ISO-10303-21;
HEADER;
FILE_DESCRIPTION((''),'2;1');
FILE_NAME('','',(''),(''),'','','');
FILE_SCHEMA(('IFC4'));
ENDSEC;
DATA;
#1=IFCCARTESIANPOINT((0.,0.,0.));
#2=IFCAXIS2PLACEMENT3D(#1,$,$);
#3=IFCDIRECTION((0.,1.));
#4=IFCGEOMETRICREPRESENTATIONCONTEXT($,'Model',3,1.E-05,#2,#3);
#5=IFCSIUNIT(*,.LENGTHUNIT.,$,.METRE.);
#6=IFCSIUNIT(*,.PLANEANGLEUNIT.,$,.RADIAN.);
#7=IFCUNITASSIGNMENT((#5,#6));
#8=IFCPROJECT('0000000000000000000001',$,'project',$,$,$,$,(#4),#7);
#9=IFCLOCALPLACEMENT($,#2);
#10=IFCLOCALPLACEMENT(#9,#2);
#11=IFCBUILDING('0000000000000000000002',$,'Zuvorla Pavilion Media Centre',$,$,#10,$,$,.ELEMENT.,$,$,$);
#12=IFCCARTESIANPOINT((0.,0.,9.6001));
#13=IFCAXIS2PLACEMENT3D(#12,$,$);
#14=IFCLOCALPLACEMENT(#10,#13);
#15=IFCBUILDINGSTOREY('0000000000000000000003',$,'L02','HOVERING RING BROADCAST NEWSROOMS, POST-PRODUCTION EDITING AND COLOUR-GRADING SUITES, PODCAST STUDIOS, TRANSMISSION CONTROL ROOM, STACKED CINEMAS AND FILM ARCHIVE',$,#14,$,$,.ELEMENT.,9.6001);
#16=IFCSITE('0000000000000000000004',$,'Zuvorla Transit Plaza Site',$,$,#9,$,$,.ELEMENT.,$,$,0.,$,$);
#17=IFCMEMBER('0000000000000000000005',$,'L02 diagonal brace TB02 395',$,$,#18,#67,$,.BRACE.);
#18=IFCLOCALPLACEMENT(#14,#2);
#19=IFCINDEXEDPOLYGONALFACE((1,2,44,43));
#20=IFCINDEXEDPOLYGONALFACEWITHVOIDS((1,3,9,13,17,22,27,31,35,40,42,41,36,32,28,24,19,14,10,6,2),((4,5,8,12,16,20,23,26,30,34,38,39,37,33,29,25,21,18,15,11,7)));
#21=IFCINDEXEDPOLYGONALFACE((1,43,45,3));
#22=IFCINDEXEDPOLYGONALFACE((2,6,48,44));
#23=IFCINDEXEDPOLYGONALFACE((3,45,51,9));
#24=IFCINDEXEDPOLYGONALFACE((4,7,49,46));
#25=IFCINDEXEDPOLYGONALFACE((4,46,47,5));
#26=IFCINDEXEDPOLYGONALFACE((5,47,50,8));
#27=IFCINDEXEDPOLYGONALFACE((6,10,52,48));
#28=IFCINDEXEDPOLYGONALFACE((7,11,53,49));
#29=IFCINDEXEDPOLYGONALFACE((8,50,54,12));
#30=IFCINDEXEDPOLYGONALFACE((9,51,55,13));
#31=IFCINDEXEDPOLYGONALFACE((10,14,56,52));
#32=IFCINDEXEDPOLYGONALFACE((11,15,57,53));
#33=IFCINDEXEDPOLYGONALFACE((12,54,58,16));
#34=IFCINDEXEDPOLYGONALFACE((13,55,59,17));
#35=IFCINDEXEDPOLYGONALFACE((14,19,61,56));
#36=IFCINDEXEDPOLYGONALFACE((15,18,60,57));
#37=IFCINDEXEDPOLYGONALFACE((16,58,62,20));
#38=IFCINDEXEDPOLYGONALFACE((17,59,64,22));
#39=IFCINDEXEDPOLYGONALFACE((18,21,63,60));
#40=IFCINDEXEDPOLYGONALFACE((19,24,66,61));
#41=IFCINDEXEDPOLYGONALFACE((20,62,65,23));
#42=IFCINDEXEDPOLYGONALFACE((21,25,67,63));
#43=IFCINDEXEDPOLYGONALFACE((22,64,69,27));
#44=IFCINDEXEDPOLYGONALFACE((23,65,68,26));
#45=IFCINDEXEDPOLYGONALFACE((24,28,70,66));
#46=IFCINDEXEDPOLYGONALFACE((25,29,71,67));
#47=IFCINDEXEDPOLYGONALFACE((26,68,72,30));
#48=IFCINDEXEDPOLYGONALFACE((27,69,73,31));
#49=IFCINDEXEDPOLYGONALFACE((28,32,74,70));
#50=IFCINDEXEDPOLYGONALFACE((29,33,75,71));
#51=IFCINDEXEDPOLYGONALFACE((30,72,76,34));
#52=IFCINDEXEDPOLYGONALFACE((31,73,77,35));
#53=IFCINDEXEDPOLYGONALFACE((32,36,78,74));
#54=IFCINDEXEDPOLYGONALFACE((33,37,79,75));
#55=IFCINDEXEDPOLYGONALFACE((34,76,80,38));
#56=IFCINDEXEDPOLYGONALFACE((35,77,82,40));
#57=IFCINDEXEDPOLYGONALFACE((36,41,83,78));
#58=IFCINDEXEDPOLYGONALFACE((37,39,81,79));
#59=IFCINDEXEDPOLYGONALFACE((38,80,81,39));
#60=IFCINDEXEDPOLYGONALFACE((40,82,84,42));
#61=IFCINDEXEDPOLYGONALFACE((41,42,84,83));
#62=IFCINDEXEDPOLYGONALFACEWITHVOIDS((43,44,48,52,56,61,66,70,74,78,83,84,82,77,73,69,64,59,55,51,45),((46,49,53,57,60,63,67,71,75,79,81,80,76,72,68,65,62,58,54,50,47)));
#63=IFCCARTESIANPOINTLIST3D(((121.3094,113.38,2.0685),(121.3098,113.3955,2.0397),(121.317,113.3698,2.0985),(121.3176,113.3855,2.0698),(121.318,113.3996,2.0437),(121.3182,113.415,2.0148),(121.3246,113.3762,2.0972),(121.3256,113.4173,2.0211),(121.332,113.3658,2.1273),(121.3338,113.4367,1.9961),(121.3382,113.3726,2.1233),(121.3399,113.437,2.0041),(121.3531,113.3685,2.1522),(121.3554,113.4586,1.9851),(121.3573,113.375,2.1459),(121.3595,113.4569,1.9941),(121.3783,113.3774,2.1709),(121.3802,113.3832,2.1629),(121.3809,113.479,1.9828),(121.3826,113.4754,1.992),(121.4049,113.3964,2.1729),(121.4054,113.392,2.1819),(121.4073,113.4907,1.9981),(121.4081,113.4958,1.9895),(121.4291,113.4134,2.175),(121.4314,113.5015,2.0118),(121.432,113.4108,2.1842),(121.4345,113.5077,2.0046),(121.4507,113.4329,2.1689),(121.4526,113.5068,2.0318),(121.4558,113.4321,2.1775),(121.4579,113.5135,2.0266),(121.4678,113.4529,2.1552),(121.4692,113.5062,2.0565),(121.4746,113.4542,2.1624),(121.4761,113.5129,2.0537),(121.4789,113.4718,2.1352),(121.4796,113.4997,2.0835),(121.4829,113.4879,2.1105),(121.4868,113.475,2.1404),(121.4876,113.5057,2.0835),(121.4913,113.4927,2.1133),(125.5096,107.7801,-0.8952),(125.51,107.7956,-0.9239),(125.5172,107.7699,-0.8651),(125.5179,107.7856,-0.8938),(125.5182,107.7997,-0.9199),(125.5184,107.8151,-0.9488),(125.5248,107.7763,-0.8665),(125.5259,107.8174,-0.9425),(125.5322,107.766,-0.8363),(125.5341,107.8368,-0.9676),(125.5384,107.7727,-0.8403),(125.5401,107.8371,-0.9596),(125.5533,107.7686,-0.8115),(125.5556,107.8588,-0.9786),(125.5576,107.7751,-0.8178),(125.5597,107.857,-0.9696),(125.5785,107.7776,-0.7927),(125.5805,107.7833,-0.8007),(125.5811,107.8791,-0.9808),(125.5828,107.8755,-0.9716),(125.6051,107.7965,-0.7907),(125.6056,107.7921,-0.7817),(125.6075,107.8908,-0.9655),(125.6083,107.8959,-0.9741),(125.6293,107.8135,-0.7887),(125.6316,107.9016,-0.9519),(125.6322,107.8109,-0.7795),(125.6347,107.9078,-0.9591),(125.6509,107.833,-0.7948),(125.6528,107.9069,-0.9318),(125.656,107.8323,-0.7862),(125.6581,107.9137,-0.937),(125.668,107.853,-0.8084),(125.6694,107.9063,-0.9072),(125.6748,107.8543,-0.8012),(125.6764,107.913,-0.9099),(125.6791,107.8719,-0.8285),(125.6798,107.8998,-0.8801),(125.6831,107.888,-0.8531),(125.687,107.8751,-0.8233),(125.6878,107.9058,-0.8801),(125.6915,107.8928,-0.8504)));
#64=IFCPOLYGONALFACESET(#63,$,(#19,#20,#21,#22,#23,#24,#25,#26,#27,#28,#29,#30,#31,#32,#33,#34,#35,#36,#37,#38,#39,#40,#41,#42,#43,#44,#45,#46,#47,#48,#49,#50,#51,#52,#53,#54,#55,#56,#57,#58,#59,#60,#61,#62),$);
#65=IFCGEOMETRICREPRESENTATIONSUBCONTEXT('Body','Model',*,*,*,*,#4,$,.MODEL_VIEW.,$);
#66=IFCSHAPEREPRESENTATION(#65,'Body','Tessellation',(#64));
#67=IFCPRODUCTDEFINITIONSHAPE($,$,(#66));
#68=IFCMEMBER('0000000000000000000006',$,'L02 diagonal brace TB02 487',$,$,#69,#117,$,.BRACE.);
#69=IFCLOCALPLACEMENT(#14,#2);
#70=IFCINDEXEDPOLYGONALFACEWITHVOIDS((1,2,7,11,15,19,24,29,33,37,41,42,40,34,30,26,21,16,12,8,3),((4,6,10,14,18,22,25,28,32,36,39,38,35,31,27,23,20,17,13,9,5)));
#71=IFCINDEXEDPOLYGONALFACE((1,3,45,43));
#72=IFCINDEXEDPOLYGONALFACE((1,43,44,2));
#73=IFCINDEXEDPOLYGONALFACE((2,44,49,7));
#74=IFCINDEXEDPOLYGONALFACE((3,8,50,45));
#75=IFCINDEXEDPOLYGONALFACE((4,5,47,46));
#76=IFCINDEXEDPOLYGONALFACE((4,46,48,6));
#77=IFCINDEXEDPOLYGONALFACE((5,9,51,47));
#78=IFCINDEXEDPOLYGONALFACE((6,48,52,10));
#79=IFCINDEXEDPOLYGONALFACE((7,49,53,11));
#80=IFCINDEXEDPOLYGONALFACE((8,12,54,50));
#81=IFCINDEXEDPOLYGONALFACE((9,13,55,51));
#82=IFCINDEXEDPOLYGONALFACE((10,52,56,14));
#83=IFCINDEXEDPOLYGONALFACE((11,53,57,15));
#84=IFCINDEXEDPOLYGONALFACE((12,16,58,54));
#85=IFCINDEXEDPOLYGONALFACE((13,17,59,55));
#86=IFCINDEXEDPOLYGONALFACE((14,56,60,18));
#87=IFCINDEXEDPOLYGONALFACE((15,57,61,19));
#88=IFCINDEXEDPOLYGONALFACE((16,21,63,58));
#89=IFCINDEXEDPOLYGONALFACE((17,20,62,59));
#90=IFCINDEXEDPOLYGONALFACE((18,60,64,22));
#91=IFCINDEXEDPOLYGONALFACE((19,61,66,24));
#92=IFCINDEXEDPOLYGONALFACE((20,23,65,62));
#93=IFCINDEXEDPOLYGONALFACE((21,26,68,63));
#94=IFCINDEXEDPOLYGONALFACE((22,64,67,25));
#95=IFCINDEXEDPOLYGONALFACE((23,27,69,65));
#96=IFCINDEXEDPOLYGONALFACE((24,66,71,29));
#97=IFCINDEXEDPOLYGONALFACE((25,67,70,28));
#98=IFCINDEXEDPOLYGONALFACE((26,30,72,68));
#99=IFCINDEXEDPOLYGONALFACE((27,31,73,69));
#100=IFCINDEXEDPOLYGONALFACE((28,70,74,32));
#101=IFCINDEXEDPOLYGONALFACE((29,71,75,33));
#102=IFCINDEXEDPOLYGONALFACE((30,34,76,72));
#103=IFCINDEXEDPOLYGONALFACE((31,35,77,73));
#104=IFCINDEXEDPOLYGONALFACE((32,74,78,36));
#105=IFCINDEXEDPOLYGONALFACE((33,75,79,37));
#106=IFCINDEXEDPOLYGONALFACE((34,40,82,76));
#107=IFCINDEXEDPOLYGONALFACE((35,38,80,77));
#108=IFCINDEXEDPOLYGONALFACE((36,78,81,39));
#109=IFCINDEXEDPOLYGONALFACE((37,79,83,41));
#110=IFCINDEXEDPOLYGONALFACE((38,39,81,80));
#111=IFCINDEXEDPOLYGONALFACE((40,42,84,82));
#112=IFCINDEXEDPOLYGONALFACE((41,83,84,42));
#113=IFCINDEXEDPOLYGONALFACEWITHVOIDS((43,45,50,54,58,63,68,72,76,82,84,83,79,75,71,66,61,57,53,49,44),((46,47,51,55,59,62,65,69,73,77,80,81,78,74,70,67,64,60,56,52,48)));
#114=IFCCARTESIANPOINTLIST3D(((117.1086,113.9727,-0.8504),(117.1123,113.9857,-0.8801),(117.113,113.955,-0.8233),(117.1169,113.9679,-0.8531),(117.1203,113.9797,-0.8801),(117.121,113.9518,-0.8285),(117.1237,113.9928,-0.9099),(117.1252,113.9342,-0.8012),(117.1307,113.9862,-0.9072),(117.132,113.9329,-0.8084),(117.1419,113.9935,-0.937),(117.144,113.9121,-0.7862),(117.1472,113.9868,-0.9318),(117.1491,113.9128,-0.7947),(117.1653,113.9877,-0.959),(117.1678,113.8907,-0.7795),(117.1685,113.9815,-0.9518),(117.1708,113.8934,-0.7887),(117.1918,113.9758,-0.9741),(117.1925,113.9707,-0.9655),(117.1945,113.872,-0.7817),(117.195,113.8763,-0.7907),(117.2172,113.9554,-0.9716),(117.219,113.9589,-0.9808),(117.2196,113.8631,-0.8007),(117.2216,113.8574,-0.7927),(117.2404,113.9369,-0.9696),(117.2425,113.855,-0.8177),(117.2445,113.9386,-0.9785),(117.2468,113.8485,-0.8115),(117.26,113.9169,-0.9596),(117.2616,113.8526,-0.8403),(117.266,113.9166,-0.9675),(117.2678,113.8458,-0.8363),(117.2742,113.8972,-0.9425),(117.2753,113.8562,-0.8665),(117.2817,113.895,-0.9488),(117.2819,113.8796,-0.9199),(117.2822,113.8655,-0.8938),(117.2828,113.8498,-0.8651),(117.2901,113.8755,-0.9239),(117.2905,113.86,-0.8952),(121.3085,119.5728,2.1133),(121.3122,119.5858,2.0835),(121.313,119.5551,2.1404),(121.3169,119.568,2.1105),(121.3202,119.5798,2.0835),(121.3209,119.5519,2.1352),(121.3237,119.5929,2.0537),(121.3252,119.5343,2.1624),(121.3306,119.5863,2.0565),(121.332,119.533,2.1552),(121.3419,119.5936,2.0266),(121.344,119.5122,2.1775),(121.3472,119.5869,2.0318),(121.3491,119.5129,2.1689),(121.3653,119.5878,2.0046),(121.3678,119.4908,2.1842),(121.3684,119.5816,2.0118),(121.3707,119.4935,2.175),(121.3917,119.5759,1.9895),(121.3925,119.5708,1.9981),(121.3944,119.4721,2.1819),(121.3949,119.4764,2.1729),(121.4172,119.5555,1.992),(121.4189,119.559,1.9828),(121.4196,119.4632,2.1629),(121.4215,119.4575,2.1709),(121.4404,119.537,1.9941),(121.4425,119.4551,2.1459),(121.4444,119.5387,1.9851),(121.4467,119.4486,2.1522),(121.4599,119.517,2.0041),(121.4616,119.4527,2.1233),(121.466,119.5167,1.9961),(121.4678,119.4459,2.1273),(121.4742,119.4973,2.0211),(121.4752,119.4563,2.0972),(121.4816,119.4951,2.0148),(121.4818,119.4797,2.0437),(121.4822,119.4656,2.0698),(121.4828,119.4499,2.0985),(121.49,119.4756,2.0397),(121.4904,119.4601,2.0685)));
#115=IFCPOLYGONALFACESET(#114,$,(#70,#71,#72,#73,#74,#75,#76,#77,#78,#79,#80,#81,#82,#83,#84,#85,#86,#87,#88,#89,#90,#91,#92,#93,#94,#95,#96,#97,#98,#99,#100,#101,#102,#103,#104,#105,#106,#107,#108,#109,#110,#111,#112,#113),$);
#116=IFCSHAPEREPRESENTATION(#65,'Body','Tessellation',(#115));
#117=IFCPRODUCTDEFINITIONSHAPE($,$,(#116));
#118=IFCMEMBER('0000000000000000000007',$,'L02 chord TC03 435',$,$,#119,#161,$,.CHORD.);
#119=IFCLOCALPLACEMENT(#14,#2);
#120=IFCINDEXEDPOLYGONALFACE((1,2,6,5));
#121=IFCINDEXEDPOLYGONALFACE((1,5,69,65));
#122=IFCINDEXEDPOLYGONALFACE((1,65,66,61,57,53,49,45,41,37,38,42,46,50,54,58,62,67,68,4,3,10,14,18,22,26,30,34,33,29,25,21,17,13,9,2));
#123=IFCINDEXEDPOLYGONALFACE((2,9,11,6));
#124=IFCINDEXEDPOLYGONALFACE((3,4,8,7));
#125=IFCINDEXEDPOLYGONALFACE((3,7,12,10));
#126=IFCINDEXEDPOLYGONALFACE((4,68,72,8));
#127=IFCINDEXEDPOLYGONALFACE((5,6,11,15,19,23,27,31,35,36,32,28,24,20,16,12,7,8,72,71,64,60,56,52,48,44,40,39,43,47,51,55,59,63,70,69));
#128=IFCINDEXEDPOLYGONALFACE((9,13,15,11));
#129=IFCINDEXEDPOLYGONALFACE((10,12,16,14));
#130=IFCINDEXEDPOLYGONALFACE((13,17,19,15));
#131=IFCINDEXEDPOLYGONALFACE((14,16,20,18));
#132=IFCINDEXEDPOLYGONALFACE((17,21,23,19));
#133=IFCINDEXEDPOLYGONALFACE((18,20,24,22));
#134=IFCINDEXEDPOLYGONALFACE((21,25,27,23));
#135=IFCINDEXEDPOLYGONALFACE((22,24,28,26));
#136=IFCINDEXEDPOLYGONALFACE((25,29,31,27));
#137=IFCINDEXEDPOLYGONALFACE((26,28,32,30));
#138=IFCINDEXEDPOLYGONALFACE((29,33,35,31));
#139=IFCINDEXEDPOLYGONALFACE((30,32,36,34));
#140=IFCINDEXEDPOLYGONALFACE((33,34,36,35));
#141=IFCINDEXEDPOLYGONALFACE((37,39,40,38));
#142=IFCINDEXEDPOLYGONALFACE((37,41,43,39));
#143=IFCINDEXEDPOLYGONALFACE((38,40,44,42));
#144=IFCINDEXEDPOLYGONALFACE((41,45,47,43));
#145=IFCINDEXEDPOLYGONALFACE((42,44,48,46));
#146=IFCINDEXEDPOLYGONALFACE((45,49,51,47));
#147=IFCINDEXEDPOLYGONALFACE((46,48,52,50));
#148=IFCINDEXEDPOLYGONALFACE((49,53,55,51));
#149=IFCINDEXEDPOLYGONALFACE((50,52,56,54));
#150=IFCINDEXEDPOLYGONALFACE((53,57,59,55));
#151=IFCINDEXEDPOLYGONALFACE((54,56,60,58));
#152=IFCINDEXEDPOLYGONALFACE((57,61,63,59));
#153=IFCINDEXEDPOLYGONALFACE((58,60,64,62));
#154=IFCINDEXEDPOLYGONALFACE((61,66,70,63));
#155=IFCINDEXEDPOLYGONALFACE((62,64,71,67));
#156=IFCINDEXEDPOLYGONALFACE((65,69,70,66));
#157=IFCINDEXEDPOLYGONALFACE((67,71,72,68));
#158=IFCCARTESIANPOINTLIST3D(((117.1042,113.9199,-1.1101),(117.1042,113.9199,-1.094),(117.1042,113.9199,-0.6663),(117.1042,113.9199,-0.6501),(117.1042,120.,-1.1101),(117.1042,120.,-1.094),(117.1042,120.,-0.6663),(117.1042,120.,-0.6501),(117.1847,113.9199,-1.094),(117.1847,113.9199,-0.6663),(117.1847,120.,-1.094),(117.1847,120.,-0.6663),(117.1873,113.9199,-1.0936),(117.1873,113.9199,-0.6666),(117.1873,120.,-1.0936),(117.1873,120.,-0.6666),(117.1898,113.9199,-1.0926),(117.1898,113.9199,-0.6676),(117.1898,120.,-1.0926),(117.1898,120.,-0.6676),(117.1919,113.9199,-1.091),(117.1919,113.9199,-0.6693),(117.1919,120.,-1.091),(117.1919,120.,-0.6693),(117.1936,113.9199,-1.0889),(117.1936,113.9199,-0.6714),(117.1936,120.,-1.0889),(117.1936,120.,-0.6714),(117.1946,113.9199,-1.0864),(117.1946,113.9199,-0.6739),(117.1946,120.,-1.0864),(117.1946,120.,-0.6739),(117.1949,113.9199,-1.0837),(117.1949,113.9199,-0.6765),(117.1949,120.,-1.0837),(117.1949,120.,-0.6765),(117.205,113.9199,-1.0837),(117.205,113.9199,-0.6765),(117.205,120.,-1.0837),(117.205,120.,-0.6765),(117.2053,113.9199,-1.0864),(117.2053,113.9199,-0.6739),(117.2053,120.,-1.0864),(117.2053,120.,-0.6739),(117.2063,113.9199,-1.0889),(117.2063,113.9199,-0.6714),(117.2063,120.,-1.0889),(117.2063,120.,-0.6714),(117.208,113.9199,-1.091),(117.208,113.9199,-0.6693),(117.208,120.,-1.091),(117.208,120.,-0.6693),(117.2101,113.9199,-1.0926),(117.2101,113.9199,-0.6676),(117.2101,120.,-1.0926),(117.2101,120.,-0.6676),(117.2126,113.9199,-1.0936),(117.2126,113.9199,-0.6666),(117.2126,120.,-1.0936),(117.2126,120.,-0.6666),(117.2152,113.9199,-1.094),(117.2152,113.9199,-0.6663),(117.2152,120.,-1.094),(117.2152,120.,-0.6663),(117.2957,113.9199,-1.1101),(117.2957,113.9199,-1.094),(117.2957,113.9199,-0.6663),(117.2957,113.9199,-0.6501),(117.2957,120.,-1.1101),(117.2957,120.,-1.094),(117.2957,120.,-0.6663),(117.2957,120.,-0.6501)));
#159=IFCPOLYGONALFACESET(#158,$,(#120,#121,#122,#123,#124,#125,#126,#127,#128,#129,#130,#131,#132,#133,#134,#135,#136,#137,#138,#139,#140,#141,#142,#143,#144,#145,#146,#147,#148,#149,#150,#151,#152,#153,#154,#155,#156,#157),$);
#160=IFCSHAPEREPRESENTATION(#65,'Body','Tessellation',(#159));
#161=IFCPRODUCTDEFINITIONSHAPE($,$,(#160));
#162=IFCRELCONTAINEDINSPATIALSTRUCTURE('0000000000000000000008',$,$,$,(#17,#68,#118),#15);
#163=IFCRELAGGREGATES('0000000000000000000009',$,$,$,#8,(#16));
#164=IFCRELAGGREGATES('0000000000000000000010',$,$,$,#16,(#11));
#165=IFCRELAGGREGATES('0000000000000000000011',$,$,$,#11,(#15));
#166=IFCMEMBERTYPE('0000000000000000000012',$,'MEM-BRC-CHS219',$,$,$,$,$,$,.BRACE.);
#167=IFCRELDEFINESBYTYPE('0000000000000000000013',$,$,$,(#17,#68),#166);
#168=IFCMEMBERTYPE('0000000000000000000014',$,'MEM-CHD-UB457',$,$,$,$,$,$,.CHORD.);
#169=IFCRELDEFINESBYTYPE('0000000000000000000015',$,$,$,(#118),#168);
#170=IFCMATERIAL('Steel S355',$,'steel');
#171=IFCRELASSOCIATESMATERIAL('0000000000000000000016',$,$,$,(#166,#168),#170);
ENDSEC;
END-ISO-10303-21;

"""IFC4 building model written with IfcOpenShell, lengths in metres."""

from ifc_helpers import new_model, si_unit, direction, frame, origin, origin_2d, place, context, subcontext, project, spatial, hollow_circle, i_section, extrude, material, material_profile, profile_set, type_object, element, save


model = new_model("IFC4")

# Units and contexts
model_context = context("Model", 3, precision=1e-05, world=origin(), true_north=direction((0.0, 1.0)))
body_context = subcontext(model_context, "Body", "Model", "MODEL_VIEW")
ifc_project = project(units=[si_unit("LENGTHUNIT", "METRE"), si_unit("PLANEANGLEUNIT", "RADIAN")], contexts=[model_context])

# Site, building, storey
site_placement = place(None, origin())
site = spatial("IfcSite", under=ifc_project, at=site_placement, Name="Zuvorla Transit Plaza Site", CompositionType="ELEMENT", RefElevation=0.0)
building_placement = place(site_placement, origin())
building = spatial("IfcBuilding", under=site, at=building_placement, Name="Zuvorla Pavilion Media Centre", CompositionType="ELEMENT")
storey_placement = place(building_placement, frame((0.0, 0.0, 9.6001)))
storey = spatial("IfcBuildingStorey", under=building, at=storey_placement, Name="L02", Description="HOVERING RING BROADCAST NEWSROOMS, POST-PRODUCTION EDITING AND COLOUR-GRADING SUITES, PODCAST STUDIOS, TRANSMISSION CONTROL ROOM, STACKED CINEMAS AND FILM ARCHIVE", CompositionType="ELEMENT", Elevation=9.6001)

# Members
ifc_material_1 = material(Name="Steel S355", Category="steel")
ifc_material_profile_1 = material_profile(ifc_material_1, hollow_circle(Radius=0.1096, WallThickness=0.01, at=origin_2d()), Name="CHS 219.1x10")
ifc_profile_set_1 = profile_set([ifc_material_profile_1], Name="Steel S355")
member_type_1 = type_object("IfcMemberType", Name="MEM-BRC-CHS219", PredefinedType="BRACE", material=ifc_profile_set_1)
for number, where, z_axis, x_axis, name in (
    (1, (121.3999, 113.4399, 2.0835), (0.552547, -0.736676, -0.389873), (0.799979, 0.600028, 0.0), "L02 diagonal brace TB02 395"),
    (2, (117.2, 113.9199, -0.8801), (0.552512, 0.736704, 0.38987), (-0.800008, 0.599989, 0.0), "L02 diagonal brace TB02 487"),
):
    element("IfcMember", number, at=place(storey_placement, frame(where, z_axis=z_axis, x_axis=x_axis)), inside=storey, type_object=member_type_1, Name=name, PredefinedType="BRACE", context=body_context, shape_type="SweptSolid", body=[
        extrude(hollow_circle(Radius=0.1096, WallThickness=0.01, at=origin_2d()), origin(), (0.0, 0.0, 1.0), 7.6016),
    ])
ifc_material_profile_2 = material_profile(ifc_material_1, i_section(OverallWidth=0.1914, OverallDepth=0.46, WebThickness=0.01, FlangeThickness=0.0161, FilletRadius=0.0103, at=origin_2d()), Name="UB 457x191x82")
ifc_profile_set_2 = profile_set([ifc_material_profile_2], Name="Steel S355")
member_type_2 = type_object("IfcMemberType", Name="MEM-CHD-UB457", PredefinedType="CHORD", material=ifc_profile_set_2)
member_1_placement = place(storey_placement, frame((117.2, 113.9199, -0.8801), z_axis=(0.0, 1.0, 0.0), x_axis=(-1.0, 0.0, 0.0)))
element("IfcMember", 3, at=member_1_placement, inside=storey, type_object=member_type_2, Name="L02 chord TC03 435", PredefinedType="CHORD", context=body_context, shape_type="SweptSolid", body=[
    extrude(i_section(OverallWidth=0.1914, OverallDepth=0.46, WebThickness=0.01, FlangeThickness=0.0161, FilletRadius=0.0103, at=origin_2d()), origin(), (0.0, 0.0, 1.0), 6.0801),
])

save(model, "model.ifc")
